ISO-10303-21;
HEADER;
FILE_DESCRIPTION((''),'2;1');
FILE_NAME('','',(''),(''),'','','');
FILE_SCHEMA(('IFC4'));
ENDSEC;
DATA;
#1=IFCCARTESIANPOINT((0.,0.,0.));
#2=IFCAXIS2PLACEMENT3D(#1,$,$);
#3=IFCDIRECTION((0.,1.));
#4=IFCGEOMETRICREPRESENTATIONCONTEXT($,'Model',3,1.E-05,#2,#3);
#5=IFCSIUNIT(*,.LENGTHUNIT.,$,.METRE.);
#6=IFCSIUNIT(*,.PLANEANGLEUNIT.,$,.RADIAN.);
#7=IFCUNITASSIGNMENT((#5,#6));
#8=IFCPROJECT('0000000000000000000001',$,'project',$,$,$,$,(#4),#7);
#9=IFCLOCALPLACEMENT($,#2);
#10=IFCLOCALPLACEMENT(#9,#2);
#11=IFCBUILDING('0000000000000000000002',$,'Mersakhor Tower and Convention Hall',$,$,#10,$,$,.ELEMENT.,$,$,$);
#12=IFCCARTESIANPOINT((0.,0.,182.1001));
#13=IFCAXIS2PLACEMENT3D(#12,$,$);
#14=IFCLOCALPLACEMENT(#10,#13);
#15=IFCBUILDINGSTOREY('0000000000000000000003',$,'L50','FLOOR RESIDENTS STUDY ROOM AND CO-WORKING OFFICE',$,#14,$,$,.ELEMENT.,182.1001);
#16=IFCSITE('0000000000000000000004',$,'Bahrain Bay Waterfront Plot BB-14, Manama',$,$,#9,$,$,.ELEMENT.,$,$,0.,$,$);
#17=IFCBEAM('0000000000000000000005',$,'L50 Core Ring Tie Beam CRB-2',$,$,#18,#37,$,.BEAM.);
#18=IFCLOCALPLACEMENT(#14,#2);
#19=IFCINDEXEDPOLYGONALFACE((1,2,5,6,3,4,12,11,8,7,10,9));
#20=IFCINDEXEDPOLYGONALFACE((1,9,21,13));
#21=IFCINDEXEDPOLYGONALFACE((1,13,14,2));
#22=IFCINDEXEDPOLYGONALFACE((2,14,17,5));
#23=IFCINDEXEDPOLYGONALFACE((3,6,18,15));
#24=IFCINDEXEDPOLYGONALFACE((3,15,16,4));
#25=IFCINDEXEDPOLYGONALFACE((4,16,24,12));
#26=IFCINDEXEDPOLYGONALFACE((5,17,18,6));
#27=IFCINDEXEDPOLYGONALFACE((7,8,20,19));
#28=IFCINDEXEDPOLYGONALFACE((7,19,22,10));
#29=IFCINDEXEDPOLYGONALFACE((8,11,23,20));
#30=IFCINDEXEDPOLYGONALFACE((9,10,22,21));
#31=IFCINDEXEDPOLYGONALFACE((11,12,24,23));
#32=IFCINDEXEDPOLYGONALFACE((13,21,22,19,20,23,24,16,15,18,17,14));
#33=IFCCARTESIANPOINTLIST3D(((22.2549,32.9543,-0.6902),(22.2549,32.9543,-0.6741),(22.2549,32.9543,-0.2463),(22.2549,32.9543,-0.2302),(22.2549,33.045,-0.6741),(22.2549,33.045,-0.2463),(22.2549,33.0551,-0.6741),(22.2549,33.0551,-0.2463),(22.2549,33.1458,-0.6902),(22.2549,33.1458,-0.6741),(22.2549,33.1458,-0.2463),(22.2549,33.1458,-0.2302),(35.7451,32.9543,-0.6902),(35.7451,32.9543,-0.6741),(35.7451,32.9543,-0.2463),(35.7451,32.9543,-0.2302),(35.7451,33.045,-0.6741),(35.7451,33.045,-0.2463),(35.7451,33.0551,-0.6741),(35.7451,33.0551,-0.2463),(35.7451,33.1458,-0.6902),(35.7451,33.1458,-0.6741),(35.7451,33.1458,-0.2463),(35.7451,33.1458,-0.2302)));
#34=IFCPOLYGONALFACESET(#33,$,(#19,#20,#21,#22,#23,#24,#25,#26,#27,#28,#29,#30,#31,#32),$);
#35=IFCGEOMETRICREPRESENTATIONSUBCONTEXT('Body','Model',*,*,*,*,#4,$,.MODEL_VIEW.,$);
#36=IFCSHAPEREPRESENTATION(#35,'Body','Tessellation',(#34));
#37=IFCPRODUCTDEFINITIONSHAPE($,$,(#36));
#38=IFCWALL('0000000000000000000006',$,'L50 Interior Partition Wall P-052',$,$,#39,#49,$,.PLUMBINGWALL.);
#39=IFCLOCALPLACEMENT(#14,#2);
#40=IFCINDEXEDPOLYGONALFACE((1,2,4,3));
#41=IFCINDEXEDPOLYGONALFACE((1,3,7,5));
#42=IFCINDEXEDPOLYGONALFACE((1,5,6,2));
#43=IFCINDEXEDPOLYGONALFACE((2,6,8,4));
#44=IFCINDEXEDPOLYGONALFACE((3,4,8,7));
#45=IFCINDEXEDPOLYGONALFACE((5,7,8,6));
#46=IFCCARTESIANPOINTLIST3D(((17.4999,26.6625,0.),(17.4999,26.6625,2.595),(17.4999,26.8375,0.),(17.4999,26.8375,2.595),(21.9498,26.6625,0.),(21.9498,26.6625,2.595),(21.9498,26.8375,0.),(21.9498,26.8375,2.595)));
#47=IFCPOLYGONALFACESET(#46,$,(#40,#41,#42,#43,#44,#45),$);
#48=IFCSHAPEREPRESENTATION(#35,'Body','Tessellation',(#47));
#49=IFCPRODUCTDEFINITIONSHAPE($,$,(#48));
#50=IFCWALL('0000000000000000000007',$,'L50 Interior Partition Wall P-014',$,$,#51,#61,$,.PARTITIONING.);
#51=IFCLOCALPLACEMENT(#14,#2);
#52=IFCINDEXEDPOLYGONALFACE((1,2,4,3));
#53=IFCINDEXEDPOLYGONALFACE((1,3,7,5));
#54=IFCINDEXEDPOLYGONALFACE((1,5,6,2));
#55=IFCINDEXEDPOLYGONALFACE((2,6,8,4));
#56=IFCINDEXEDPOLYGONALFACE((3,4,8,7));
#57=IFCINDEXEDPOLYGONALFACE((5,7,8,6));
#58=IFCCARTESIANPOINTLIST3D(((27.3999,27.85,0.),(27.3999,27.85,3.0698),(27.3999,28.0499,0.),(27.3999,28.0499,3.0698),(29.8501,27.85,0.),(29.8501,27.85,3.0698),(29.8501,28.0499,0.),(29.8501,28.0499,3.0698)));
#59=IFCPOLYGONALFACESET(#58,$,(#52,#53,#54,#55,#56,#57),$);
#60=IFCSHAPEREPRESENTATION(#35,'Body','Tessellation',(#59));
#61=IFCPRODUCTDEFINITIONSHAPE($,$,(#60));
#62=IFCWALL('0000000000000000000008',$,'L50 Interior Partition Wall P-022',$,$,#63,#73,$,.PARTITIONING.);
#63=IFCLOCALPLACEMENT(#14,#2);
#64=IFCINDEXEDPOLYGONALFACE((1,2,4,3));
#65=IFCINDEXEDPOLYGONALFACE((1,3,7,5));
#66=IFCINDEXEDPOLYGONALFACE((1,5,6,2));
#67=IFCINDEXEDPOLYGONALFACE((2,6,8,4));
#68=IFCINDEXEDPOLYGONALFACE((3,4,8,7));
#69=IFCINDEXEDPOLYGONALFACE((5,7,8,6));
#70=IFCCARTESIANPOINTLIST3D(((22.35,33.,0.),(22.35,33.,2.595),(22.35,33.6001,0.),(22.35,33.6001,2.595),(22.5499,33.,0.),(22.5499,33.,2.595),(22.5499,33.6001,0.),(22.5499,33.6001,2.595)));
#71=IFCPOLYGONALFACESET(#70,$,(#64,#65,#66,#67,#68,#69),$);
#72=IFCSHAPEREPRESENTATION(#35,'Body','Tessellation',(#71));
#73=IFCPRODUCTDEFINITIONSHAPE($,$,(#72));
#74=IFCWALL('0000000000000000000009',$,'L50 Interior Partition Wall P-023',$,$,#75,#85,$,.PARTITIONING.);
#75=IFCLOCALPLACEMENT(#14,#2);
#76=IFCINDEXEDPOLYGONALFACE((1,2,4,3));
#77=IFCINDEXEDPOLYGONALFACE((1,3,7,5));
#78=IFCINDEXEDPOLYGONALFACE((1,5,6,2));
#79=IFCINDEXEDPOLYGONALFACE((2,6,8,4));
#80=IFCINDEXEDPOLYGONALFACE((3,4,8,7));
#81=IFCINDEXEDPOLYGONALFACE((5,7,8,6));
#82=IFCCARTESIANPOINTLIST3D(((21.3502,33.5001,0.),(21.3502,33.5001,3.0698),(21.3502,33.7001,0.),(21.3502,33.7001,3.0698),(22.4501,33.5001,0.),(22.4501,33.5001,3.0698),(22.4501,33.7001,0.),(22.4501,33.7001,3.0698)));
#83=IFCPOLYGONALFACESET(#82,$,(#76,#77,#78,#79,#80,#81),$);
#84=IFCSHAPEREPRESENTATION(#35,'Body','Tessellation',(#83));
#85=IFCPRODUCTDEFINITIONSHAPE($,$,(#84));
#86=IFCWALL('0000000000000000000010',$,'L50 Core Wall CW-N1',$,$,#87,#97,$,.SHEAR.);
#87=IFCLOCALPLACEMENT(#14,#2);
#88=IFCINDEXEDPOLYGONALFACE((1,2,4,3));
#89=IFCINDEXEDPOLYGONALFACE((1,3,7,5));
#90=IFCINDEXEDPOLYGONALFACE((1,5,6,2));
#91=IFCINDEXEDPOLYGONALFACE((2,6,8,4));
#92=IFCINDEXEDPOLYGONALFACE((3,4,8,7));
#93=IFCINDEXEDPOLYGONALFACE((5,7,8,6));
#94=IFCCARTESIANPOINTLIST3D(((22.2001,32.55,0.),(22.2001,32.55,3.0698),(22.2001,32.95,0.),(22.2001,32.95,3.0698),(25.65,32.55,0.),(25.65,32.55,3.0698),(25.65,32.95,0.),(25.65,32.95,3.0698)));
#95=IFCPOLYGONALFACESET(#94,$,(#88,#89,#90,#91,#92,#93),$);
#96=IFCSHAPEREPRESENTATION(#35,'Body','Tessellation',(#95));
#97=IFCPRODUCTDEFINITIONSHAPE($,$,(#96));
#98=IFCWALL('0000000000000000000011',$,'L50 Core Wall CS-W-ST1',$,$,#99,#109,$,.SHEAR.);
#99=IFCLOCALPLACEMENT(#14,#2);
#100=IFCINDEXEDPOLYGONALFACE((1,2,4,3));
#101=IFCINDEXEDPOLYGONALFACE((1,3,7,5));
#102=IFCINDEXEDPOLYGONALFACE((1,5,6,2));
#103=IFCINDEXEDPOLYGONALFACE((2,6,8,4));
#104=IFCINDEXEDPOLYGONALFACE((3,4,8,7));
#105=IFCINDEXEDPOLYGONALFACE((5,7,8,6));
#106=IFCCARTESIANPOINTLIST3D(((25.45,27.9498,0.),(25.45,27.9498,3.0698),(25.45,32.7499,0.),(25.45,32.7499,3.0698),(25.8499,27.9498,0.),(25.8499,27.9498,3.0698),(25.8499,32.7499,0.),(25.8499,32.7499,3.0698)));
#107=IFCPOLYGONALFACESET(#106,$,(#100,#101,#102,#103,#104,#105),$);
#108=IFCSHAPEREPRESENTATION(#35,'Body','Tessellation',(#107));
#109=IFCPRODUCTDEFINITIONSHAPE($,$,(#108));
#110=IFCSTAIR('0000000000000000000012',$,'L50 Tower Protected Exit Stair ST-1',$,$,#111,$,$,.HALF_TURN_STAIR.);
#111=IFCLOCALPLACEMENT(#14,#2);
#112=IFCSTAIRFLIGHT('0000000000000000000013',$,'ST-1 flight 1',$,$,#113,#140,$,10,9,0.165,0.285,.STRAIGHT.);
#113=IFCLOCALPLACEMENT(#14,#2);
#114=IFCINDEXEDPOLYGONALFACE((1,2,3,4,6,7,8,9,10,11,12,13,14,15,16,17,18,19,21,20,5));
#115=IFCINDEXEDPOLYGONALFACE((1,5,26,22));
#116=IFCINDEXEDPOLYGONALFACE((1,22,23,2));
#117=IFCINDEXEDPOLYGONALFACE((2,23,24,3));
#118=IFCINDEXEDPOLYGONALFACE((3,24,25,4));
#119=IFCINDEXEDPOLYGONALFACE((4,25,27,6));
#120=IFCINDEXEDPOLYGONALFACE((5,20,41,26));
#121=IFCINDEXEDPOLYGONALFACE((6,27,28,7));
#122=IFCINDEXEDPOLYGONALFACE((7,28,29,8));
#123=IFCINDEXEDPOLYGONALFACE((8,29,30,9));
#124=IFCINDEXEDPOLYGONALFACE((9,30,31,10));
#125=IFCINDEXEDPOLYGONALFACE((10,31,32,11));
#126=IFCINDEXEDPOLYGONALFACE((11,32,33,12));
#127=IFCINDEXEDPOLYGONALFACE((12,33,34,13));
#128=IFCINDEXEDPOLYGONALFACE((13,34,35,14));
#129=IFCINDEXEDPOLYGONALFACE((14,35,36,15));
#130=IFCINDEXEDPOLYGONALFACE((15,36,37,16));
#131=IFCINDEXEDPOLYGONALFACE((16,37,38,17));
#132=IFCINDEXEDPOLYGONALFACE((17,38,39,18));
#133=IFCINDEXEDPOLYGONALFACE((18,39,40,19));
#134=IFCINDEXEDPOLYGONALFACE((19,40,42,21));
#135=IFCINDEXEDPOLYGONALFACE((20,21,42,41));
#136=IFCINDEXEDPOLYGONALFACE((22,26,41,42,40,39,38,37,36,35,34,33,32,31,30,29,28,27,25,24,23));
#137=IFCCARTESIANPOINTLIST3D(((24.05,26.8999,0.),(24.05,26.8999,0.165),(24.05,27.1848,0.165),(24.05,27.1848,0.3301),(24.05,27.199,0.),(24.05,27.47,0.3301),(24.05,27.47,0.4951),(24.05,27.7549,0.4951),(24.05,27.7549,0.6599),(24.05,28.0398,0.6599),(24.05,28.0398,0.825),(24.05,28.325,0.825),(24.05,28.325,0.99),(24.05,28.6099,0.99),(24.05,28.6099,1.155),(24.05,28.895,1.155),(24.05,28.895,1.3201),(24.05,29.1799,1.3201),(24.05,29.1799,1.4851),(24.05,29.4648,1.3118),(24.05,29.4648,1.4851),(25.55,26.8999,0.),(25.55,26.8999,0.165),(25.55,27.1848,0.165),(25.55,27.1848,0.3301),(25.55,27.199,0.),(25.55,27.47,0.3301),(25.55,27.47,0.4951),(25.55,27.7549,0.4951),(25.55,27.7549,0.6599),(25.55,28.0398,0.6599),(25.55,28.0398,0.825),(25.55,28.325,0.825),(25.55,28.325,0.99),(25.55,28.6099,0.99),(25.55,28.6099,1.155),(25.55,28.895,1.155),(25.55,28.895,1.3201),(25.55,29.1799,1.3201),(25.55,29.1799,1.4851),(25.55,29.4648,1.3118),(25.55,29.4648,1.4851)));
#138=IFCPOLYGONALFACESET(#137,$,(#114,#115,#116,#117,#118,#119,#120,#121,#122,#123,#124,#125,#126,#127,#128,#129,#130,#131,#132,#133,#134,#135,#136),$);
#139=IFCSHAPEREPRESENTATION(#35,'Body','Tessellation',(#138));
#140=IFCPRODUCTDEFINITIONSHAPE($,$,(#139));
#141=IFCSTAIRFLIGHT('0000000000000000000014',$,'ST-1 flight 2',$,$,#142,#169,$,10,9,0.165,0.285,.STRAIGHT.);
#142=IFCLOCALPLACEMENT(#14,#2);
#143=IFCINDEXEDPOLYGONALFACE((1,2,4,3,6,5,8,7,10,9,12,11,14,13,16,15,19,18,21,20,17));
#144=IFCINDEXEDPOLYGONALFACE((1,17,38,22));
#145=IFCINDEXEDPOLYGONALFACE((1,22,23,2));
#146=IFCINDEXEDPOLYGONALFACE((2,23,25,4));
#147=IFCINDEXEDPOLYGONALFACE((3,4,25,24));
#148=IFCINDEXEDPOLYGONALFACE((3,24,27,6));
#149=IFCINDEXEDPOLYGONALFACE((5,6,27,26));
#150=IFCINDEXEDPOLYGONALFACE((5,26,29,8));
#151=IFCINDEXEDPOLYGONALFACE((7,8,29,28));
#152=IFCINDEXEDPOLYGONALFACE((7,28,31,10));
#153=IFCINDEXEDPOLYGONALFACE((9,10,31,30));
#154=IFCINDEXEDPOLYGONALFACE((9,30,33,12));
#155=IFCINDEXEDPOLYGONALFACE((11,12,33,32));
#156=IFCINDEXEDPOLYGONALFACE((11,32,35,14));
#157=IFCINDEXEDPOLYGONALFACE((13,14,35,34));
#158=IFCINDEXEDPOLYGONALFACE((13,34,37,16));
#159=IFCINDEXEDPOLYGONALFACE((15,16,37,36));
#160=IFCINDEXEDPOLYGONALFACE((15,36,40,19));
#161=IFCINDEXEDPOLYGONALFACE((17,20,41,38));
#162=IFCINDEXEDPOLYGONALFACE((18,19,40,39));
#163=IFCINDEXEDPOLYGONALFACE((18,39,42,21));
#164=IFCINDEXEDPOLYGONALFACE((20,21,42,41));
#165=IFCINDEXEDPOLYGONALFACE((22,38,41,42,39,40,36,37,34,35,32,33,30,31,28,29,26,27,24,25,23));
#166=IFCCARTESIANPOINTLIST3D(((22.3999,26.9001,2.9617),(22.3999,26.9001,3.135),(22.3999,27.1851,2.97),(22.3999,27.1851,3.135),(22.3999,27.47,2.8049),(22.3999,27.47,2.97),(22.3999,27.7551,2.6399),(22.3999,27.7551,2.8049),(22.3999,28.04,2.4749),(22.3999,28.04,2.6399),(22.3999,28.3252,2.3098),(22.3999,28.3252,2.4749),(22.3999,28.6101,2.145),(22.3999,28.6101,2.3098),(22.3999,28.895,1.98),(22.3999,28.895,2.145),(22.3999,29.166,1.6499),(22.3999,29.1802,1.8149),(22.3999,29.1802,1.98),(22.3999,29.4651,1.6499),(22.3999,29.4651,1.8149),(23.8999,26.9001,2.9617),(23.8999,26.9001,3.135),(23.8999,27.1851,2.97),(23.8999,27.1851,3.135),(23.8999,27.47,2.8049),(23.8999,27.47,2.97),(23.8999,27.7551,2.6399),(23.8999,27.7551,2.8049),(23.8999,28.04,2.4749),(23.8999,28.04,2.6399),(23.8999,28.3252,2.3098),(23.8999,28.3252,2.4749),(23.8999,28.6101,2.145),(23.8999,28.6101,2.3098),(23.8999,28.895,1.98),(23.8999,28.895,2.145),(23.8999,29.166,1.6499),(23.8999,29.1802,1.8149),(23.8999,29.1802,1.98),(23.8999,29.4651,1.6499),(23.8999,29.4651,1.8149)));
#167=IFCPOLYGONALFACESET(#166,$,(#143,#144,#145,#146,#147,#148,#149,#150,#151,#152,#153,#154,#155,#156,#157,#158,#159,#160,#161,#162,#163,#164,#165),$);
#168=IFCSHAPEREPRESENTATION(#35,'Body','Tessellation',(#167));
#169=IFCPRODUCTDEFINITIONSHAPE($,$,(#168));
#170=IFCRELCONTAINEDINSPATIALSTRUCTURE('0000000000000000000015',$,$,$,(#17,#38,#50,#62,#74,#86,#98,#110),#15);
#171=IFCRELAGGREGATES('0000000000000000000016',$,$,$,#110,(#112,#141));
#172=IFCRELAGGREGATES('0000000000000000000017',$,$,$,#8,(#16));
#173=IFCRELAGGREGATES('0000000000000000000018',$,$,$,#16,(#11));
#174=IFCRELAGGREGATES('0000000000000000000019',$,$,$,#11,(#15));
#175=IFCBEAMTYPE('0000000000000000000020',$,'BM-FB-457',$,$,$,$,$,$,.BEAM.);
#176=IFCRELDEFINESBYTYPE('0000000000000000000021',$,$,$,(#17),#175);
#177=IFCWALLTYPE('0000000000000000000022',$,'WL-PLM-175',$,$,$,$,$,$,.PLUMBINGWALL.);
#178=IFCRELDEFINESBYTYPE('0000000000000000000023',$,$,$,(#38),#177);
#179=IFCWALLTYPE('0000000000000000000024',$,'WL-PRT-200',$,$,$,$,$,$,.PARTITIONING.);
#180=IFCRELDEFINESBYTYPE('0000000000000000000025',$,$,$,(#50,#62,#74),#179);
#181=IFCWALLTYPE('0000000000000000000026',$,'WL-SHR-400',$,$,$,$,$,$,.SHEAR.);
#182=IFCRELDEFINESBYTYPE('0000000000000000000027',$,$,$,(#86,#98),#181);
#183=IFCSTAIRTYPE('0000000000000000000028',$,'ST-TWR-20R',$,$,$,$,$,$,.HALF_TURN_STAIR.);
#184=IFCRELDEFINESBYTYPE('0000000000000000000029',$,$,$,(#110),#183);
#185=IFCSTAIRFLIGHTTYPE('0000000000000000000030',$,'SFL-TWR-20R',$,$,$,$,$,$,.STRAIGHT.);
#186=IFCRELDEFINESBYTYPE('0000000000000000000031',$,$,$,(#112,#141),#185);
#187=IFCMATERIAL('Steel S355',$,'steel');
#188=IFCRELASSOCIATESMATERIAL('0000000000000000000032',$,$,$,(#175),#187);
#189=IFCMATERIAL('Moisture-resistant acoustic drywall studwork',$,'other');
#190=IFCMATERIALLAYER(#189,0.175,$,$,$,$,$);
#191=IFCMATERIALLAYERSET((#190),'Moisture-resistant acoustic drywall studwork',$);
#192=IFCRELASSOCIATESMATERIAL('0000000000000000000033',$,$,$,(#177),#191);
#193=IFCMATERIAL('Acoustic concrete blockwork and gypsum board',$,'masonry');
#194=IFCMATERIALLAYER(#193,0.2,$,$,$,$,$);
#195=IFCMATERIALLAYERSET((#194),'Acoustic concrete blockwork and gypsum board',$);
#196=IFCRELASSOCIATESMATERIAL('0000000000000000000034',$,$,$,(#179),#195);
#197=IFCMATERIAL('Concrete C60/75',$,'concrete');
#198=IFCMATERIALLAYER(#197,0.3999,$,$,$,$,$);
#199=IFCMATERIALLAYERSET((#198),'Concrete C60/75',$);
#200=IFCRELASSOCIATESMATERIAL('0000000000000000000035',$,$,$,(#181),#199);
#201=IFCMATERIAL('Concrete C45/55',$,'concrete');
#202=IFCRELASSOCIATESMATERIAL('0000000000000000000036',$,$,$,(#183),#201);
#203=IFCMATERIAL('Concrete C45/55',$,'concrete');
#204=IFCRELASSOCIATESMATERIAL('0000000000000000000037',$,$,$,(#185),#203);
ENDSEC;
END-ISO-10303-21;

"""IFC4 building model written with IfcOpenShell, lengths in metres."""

from ifc_helpers import new_model, si_unit, direction, frame, frame_2d, origin, origin_2d, place, context, subcontext, project, spatial, polyline, rectangle, i_section, outline, extrude, material, layer, layer_set, material_profile, profile_set, type_object, element, aggregate, save


model = new_model("IFC4")

# Units and contexts
model_context = context("Model", 3, precision=1e-05, world=origin(), true_north=direction((0.0, 1.0)))
body_context = subcontext(model_context, "Body", "Model", "MODEL_VIEW")
ifc_project = project(units=[si_unit("LENGTHUNIT", "METRE"), si_unit("PLANEANGLEUNIT", "RADIAN")], contexts=[model_context])

# Site, building, storey
site_placement = place(None, origin())
site = spatial("IfcSite", under=ifc_project, at=site_placement, Name="Bahrain Bay Waterfront Plot BB-14, Manama", CompositionType="ELEMENT", RefElevation=0.0)
building_placement = place(site_placement, origin())
building = spatial("IfcBuilding", under=site, at=building_placement, Name="Mersakhor Tower and Convention Hall", CompositionType="ELEMENT")
storey_placement = place(building_placement, frame((0.0, 0.0, 182.1001)))
storey = spatial("IfcBuildingStorey", under=building, at=storey_placement, Name="L50", Description="FLOOR RESIDENTS STUDY ROOM AND CO-WORKING OFFICE", CompositionType="ELEMENT", Elevation=182.1001)

# Beam
ifc_material_1 = material(Name="Steel S355", Category="steel")
ifc_material_profile = material_profile(ifc_material_1, i_section(OverallWidth=0.1914, OverallDepth=0.46, WebThickness=0.01, FlangeThickness=0.0161, at=origin_2d()), Name="UB 457x191x82")
ifc_profile_set = profile_set([ifc_material_profile], Name="Steel S355")
beam_type = type_object("IfcBeamType", Name="BM-FB-457", PredefinedType="BEAM", material=ifc_profile_set)
beam_placement = place(storey_placement, frame((22.2549, 33.05, -0.4602), z_axis=(1.0, 0.0, 0.0), x_axis=(0.0, 1.0, 0.0)))
element("IfcBeam", 1, at=beam_placement, inside=storey, type_object=beam_type, Name="L50 Core Ring Tie Beam CRB-2", PredefinedType="BEAM", context=body_context, shape_type="SweptSolid", body=[
    extrude(i_section(OverallWidth=0.1914, OverallDepth=0.46, WebThickness=0.01, FlangeThickness=0.0161, at=origin_2d()), origin(), (0.0, 0.0, 1.0), 13.4902),
])

# Wall
ifc_material_2 = material(Name="Moisture-resistant acoustic drywall studwork", Category="other")
ifc_layer_1 = layer(ifc_material_2, 0.175)
ifc_layer_set_1 = layer_set([ifc_layer_1], Name="Moisture-resistant acoustic drywall studwork")
wall_type_1 = type_object("IfcWallType", Name="WL-PLM-175", PredefinedType="PLUMBINGWALL", material=ifc_layer_set_1)
wall_1_placement = place(storey_placement, frame((21.95, 26.75, 0.0), z_axis=(0.0, 0.0, 1.0), x_axis=(-1.0, 0.0, 0.0)))
element("IfcWall", 2, at=wall_1_placement, inside=storey, type_object=wall_type_1, Name="L50 Interior Partition Wall P-052", PredefinedType="PLUMBINGWALL", context=body_context, shape_type="SweptSolid", body=[
    extrude(rectangle(XDim=4.45, YDim=0.175, at=frame_2d((2.2251, 0.0))), origin(), (0.0, 0.0, 1.0), 2.595),
])

# Shared definitions
ifc_material_3 = material(Name="Acoustic concrete blockwork and gypsum board", Category="masonry")
ifc_layer_2 = layer(ifc_material_3, 0.2)
ifc_layer_set_2 = layer_set([ifc_layer_2], Name="Acoustic concrete blockwork and gypsum board")
wall_type_2 = type_object("IfcWallType", Name="WL-PRT-200", PredefinedType="PARTITIONING", material=ifc_layer_set_2)

# Walls
wall_2_placement = place(storey_placement, frame((27.3999, 27.95, 0.0), z_axis=(0.0, 0.0, 1.0), x_axis=(1.0, 0.0, 0.0)))
element("IfcWall", 3, at=wall_2_placement, inside=storey, type_object=wall_type_2, Name="L50 Interior Partition Wall P-014", PredefinedType="PARTITIONING", context=body_context, shape_type="SweptSolid", body=[
    extrude(rectangle(XDim=2.4502, YDim=0.2, at=frame_2d((1.2251, 0.0))), origin(), (0.0, 0.0, 1.0), 3.0698),
])
wall_3_placement = place(storey_placement, frame((22.45, 33.0, 0.0), z_axis=(0.0, 0.0, 1.0), x_axis=(0.0, 1.0, 0.0)))
element("IfcWall", 4, at=wall_3_placement, inside=storey, type_object=wall_type_2, Name="L50 Interior Partition Wall P-022", PredefinedType="PARTITIONING", context=body_context, shape_type="SweptSolid", body=[
    extrude(rectangle(XDim=0.6001, YDim=0.2, at=frame_2d((0.3, 0.0))), origin(), (0.0, 0.0, 1.0), 2.595),
])
wall_4_placement = place(storey_placement, frame((22.45, 33.6001, 0.0), z_axis=(0.0, 0.0, 1.0), x_axis=(-1.0, 0.0, 0.0)))
element("IfcWall", 5, at=wall_4_placement, inside=storey, type_object=wall_type_2, Name="L50 Interior Partition Wall P-023", PredefinedType="PARTITIONING", context=body_context, shape_type="SweptSolid", body=[
    extrude(rectangle(XDim=1.0999, YDim=0.2, at=frame_2d((0.5498, 0.0))), origin(), (0.0, 0.0, 1.0), 3.0698),
])
ifc_material_4 = material(Name="Concrete C60/75", Category="concrete")
ifc_layer_3 = layer(ifc_material_4, 0.3999)
ifc_layer_set_3 = layer_set([ifc_layer_3], Name="Concrete C60/75")
wall_type_3 = type_object("IfcWallType", Name="WL-SHR-400", PredefinedType="SHEAR", material=ifc_layer_set_3)
wall_5_placement = place(storey_placement, frame((22.2, 32.75, 0.0), z_axis=(0.0, 0.0, 1.0), x_axis=(1.0, 0.0, 0.0)))
element("IfcWall", 6, at=wall_5_placement, inside=storey, type_object=wall_type_3, Name="L50 Core Wall CW-N1", PredefinedType="SHEAR", context=body_context, shape_type="SweptSolid", body=[
    extrude(rectangle(XDim=3.45, YDim=0.3999, at=frame_2d((1.7251, 0.0))), origin(), (0.0, 0.0, 1.0), 3.0698),
])

# Wall
wall_6_placement = place(storey_placement, frame((25.6499, 27.95, 0.0), z_axis=(0.0, 0.0, 1.0), x_axis=(0.0, 1.0, 0.0)))
element("IfcWall", 7, at=wall_6_placement, inside=storey, type_object=wall_type_3, Name="L50 Core Wall CS-W-ST1", PredefinedType="SHEAR", context=body_context, shape_type="SweptSolid", body=[
    extrude(rectangle(XDim=4.8, YDim=0.3999, at=frame_2d((2.3999, 0.0))), origin(), (0.0, 0.0, 1.0), 3.0698),
])

# Stair, stair flights
ifc_material_5 = material(Name="Concrete C45/55", Category="concrete")
stair_type = type_object("IfcStairType", Name="ST-TWR-20R", PredefinedType="HALF_TURN_STAIR", material=ifc_material_5)
stair_placement = place(storey_placement, origin())
stair = element("IfcStair", 8, at=stair_placement, inside=storey, type_object=stair_type, Name="L50 Tower Protected Exit Stair ST-1", PredefinedType="HALF_TURN_STAIR")
ifc_material_6 = material(Name="Concrete C45/55", Category="concrete")
stair_flight_type = type_object("IfcStairFlightType", Name="SFL-TWR-20R", PredefinedType="STRAIGHT", material=ifc_material_6)
stair_flight_1_placement = place(storey_placement, frame((24.8, 26.8999, 0.0), z_axis=(0.0, 0.0, 1.0), x_axis=(0.0, 1.0, 0.0)))
stair_flight_1 = element("IfcStairFlight", 9, at=stair_flight_1_placement, type_object=stair_flight_type, Name="ST-1 flight 1", NumberOfRisers=10, NumberOfTreads=9, PredefinedType="STRAIGHT", RiserHeight=0.165, TreadLength=0.285, context=body_context, shape_type="SweptSolid", body=[
    extrude(outline(polyline([(0.0, 0.0), (0.0, 0.165), (0.2849, 0.165), (0.2849, 0.3301), (0.5701, 0.3301), (0.5701, 0.4951), (0.855, 0.4951), (0.855, 0.6599), (1.1399, 0.6599), (1.1399, 0.825), (1.425, 0.825), (1.425, 0.99), (1.71, 0.99), (1.71, 1.155), (1.9951, 1.155), (1.9951, 1.3201), (2.28, 1.3201), (2.28, 1.4851), (2.5649, 1.4851), (2.5649, 1.6499), (2.5649, 1.3118), (0.2991, 0.0), (0.0, 0.0)])), frame((0.0, 0.75, 0.0), z_axis=(0.0, -1.0, 0.0), x_axis=(1.0, 0.0, 0.0)), (0.0, 0.0, 1.0), 1.5),
])
stair_flight_2_placement = place(storey_placement, frame((23.1499, 29.4651, 1.6499), z_axis=(0.0, 0.0, 1.0), x_axis=(0.0, -1.0, 0.0)))
stair_flight_2 = element("IfcStairFlight", 10, at=stair_flight_2_placement, type_object=stair_flight_type, Name="ST-1 flight 2", NumberOfRisers=10, NumberOfTreads=9, PredefinedType="STRAIGHT", RiserHeight=0.165, TreadLength=0.285, context=body_context, shape_type="SweptSolid", body=[
    extrude(outline(polyline([(0.0, 0.0), (0.0, 0.165), (0.2849, 0.165), (0.2849, 0.3301), (0.5701, 0.3301), (0.5701, 0.4951), (0.855, 0.4951), (0.855, 0.6599), (1.1399, 0.6599), (1.1399, 0.825), (1.425, 0.825), (1.425, 0.99), (1.71, 0.99), (1.71, 1.155), (1.9951, 1.155), (1.9951, 1.3201), (2.28, 1.3201), (2.28, 1.4851), (2.5649, 1.4851), (2.5649, 1.6499), (2.5649, 1.3118), (0.2991, 0.0), (0.0, 0.0)])), frame((0.0, 0.75, 0.0), z_axis=(0.0, -1.0, 0.0), x_axis=(1.0, 0.0, 0.0)), (0.0, 0.0, 1.0), 1.5),
])
aggregate(stair, [stair_flight_1, stair_flight_2])

save(model, "model.ifc")
